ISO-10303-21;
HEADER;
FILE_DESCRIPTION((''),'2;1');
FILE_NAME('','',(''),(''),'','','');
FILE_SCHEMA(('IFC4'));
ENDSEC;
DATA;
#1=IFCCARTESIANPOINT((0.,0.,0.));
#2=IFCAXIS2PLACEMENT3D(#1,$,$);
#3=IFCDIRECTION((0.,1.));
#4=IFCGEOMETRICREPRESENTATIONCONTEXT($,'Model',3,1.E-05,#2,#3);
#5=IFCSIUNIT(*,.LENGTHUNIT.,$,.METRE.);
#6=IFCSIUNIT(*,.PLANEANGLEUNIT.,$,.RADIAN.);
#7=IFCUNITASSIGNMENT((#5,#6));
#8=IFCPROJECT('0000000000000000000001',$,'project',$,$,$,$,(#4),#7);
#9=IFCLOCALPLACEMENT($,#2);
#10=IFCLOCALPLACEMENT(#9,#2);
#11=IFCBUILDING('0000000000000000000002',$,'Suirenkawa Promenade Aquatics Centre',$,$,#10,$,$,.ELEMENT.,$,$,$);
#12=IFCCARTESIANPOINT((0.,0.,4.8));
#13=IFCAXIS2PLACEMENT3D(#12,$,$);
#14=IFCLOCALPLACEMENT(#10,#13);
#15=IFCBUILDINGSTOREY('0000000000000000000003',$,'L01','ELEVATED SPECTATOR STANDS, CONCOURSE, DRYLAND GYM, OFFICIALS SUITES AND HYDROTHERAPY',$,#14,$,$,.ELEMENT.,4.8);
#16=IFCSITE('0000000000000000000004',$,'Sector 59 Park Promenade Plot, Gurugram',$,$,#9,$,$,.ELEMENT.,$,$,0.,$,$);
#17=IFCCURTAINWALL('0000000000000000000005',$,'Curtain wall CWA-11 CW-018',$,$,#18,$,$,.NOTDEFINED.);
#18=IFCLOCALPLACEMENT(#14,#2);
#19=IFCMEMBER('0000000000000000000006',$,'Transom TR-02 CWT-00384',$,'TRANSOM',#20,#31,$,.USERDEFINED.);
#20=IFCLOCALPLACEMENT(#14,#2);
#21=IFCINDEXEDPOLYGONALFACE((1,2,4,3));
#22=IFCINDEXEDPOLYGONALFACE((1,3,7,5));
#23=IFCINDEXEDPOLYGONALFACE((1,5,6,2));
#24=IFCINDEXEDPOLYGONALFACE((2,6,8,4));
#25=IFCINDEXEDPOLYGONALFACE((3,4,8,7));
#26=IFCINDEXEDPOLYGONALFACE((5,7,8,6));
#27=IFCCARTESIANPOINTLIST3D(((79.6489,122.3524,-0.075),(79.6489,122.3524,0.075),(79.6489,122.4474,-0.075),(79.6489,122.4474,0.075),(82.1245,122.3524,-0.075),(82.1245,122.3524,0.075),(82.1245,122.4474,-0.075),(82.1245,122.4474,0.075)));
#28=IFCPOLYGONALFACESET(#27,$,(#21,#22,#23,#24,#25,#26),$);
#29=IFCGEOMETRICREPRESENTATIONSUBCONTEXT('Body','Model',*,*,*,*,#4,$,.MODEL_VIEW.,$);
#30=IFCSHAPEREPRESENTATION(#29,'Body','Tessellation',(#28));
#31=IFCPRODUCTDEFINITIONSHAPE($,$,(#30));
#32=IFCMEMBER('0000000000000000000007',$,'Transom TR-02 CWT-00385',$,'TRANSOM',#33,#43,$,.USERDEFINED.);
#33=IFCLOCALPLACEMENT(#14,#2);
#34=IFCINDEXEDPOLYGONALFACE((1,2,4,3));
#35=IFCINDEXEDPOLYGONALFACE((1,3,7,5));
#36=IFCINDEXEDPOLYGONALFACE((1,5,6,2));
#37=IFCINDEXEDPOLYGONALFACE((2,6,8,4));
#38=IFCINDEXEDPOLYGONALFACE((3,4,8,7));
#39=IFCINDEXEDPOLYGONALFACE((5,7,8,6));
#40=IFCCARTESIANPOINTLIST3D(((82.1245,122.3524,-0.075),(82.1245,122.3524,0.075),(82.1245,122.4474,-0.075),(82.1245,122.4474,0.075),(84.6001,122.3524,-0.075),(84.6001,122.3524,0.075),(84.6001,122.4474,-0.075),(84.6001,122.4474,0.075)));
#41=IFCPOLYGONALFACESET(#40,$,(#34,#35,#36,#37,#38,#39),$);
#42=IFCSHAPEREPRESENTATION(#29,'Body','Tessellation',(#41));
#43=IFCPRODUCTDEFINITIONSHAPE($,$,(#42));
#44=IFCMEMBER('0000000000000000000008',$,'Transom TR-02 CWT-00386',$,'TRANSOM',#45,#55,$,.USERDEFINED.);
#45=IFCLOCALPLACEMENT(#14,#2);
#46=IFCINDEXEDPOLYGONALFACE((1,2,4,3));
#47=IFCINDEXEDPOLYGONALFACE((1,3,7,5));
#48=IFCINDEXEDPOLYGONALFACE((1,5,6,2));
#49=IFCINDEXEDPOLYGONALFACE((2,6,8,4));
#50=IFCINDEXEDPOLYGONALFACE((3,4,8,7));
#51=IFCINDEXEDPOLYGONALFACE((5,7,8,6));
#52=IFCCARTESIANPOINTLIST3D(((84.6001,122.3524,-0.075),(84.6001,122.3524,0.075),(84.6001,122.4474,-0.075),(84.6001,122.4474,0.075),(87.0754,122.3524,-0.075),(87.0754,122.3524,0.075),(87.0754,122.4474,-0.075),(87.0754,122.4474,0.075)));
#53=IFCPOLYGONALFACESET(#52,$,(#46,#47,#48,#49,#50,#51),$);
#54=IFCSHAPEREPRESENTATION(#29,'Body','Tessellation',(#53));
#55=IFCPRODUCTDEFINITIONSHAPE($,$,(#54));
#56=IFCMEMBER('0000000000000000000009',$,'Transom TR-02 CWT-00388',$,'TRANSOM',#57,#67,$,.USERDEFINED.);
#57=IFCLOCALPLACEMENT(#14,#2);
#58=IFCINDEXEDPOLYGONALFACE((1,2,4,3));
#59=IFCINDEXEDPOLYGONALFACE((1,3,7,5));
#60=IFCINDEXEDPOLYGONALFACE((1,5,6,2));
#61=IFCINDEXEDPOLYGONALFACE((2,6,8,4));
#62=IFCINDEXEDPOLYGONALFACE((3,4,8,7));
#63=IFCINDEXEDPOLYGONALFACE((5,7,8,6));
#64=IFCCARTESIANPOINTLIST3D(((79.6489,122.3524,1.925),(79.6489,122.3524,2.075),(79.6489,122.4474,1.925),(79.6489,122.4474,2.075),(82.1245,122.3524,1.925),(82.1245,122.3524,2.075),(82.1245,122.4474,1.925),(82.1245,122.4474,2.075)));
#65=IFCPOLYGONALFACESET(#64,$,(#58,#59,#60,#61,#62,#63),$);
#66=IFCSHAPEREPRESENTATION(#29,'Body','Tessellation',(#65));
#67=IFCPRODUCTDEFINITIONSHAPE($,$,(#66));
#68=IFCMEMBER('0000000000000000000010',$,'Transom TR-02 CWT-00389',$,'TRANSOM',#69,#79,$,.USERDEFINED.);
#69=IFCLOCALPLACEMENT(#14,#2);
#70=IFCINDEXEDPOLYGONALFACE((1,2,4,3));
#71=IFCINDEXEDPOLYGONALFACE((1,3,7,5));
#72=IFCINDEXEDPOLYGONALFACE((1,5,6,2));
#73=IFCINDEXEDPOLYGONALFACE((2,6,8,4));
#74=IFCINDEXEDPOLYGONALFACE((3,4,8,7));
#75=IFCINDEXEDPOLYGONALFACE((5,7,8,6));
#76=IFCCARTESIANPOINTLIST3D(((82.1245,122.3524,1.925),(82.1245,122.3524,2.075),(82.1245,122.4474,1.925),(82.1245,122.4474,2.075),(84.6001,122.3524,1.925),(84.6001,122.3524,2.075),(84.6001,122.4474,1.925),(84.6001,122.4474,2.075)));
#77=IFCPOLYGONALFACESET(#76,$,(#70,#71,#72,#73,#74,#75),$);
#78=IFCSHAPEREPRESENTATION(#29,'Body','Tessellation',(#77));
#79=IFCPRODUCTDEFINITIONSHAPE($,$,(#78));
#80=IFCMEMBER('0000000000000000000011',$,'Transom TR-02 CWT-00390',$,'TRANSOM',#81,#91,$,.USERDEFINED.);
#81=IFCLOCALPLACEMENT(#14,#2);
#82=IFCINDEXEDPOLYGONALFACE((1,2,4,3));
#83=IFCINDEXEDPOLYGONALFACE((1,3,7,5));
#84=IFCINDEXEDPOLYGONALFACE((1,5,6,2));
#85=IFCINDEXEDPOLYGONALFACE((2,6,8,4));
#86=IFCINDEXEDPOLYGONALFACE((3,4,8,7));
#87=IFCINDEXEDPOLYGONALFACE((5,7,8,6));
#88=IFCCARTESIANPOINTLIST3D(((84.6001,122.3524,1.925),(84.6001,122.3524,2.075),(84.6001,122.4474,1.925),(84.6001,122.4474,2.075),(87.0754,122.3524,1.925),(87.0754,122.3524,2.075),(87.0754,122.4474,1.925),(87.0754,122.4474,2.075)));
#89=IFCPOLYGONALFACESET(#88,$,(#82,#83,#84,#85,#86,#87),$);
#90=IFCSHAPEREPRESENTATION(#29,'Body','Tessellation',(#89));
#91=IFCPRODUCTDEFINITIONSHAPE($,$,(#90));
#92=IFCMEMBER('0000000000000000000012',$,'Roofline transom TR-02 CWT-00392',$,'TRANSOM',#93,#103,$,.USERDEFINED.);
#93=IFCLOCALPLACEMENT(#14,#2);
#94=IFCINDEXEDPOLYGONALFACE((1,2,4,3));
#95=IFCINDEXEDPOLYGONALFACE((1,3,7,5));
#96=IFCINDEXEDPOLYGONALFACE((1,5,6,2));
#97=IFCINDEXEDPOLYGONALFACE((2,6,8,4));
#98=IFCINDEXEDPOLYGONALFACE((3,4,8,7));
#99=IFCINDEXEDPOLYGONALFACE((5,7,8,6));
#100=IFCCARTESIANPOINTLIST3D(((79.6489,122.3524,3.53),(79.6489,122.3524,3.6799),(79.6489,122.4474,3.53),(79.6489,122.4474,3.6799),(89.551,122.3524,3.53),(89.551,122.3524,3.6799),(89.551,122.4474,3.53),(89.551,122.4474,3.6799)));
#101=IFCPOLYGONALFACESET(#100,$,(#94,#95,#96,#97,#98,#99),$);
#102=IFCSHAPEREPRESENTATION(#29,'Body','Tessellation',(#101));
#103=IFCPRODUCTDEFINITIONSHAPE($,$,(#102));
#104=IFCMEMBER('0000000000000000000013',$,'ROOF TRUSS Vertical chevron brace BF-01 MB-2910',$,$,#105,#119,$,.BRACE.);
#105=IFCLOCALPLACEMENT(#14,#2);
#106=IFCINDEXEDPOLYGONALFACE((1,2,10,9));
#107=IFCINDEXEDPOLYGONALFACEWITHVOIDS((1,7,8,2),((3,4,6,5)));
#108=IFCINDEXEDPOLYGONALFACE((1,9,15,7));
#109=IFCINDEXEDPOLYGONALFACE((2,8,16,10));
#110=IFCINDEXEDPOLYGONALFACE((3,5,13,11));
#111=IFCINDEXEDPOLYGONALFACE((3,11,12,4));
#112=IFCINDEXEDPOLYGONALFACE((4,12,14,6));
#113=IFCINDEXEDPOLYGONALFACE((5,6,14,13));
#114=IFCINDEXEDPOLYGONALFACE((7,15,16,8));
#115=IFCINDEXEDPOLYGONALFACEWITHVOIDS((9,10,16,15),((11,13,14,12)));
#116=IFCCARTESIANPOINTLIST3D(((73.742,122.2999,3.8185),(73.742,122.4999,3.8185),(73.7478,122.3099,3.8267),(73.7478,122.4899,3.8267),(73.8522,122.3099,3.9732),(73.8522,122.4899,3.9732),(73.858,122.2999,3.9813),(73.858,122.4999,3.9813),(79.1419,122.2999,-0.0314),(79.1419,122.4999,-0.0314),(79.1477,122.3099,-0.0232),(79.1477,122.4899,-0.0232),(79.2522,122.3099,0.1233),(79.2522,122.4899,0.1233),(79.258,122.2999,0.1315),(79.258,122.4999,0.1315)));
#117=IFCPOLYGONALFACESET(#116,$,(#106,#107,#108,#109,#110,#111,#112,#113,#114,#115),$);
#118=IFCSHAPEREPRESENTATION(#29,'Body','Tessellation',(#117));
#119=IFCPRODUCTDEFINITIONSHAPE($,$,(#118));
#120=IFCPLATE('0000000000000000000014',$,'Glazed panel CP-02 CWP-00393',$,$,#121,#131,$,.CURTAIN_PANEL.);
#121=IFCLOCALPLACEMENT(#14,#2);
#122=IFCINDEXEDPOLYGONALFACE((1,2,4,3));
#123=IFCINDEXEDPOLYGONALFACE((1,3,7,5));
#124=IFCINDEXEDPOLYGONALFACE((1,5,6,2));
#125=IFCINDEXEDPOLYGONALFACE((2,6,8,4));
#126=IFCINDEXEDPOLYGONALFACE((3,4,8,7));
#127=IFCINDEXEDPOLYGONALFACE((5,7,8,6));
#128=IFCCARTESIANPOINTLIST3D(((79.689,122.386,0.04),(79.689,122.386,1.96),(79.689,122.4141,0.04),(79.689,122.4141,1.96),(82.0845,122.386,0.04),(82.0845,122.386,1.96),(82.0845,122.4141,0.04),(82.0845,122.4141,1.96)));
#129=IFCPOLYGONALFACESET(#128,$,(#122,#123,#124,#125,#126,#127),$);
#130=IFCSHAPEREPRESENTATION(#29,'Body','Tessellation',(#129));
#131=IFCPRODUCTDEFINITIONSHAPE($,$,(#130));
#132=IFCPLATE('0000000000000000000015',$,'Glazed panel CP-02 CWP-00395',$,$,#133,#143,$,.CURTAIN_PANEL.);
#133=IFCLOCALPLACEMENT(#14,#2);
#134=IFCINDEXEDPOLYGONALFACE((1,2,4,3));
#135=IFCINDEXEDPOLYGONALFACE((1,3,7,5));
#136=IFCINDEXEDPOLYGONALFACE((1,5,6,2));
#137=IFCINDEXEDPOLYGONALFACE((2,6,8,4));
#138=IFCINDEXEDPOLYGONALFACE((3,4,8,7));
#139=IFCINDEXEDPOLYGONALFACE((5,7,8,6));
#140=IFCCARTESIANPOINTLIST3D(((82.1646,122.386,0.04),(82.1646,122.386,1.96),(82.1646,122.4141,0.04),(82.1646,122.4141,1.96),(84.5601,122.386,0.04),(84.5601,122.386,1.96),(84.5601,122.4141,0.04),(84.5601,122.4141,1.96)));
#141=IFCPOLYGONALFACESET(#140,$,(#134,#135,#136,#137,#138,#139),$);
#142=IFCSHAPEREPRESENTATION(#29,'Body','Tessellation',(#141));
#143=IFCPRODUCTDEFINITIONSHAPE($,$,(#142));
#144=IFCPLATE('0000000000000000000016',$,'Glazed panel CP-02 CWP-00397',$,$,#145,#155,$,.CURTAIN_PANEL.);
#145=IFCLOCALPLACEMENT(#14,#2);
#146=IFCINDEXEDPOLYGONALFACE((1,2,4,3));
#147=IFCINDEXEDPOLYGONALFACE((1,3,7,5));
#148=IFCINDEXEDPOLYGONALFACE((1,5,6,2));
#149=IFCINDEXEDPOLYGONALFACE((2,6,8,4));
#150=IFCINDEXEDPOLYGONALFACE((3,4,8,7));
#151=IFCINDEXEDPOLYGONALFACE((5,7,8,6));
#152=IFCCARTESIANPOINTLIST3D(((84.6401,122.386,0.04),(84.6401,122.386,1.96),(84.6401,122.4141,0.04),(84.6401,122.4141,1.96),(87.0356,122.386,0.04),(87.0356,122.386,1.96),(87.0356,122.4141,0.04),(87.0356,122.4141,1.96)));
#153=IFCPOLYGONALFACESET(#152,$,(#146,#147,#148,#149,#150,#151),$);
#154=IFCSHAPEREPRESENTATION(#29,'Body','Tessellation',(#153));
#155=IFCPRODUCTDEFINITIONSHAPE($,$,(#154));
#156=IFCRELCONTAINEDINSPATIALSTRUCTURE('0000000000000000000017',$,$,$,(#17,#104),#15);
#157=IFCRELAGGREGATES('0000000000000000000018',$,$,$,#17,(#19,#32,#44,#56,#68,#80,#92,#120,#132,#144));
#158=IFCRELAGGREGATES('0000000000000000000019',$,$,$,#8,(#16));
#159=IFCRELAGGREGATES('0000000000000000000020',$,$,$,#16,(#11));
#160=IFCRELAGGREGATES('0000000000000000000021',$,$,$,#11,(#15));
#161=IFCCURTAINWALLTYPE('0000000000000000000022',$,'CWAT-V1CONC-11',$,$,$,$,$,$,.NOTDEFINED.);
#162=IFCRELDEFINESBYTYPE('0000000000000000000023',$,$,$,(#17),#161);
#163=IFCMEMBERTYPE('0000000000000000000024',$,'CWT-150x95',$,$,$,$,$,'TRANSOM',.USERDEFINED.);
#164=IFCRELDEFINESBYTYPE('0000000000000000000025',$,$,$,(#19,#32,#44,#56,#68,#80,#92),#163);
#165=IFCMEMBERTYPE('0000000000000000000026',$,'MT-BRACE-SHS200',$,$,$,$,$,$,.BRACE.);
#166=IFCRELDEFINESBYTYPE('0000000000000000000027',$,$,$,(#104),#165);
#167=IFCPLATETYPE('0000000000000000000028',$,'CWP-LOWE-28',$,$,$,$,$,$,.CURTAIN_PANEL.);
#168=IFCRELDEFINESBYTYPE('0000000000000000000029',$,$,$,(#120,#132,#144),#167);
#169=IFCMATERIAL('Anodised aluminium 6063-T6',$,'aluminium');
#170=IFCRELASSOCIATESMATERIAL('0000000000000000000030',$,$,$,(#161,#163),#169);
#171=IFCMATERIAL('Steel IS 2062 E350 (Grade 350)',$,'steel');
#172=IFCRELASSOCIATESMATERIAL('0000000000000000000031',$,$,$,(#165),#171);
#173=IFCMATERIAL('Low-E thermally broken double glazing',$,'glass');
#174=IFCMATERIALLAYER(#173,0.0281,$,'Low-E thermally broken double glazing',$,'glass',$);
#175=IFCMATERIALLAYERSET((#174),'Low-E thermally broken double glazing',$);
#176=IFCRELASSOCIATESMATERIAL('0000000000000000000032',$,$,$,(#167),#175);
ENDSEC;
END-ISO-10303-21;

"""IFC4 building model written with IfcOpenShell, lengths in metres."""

from ifc_helpers import new_model, si_unit, direction, frame, origin, origin_2d, place, context, subcontext, project, spatial, polyline, rectangle, hollow_rectangle, outline, extrude, material, layer, layer_set, material_profile, profile_set, type_object, element, aggregate, save


model = new_model("IFC4")

# Units and contexts
model_context = context("Model", 3, precision=1e-05, world=origin(), true_north=direction((0.0, 1.0)))
body_context = subcontext(model_context, "Body", "Model", "MODEL_VIEW")
ifc_project = project(units=[si_unit("LENGTHUNIT", "METRE"), si_unit("PLANEANGLEUNIT", "RADIAN")], contexts=[model_context])

# Site, building, storey
site_placement = place(None, origin())
site = spatial("IfcSite", under=ifc_project, at=site_placement, Name="Sector 59 Park Promenade Plot, Gurugram", CompositionType="ELEMENT", RefElevation=0.0)
building_placement = place(site_placement, origin())
building = spatial("IfcBuilding", under=site, at=building_placement, Name="Suirenkawa Promenade Aquatics Centre", CompositionType="ELEMENT")
storey_placement = place(building_placement, frame((0.0, 0.0, 4.8)))
storey = spatial("IfcBuildingStorey", under=building, at=storey_placement, Name="L01", Description="ELEVATED SPECTATOR STANDS, CONCOURSE, DRYLAND GYM, OFFICIALS SUITES AND HYDROTHERAPY", CompositionType="ELEMENT", Elevation=4.8)

# Shared definitions
ifc_material_1 = material(Name="Steel IS 2062 E350 (Grade 350)", Category="steel")

# Curtain wall, members
ifc_material_2 = material(Name="Anodised aluminium 6063-T6", Category="aluminium")
curtain_wall_type = type_object("IfcCurtainWallType", Name="CWAT-V1CONC-11", PredefinedType="NOTDEFINED", material=ifc_material_2)
curtain_wall_placement = place(storey_placement, origin())
curtain_wall = element("IfcCurtainWall", 1, at=curtain_wall_placement, inside=storey, type_object=curtain_wall_type, Name="Curtain wall CWA-11 CW-018", PredefinedType="NOTDEFINED")
ifc_material_profile_1 = material_profile(ifc_material_2, rectangle(XDim=0.095, YDim=0.1499, at=origin_2d()), Name="ALU TRAN 95x150", Category="aluminium")
ifc_profile_set_1 = profile_set([ifc_material_profile_1], Name="Anodised aluminium 6063-T6")
member_type_1 = type_object("IfcMemberType", Name="CWT-150x95", ElementType="TRANSOM", PredefinedType="USERDEFINED", material=ifc_profile_set_1)
member_1_placement = place(storey_placement, frame((79.6489, 122.3999, 0.0), z_axis=(1.0, 0.0, 0.0), x_axis=(0.0, 1.0, 0.0)))
member_1 = element("IfcMember", 2, at=member_1_placement, type_object=member_type_1, Name="Transom TR-02 CWT-00384", ObjectType="TRANSOM", PredefinedType="USERDEFINED", context=body_context, shape_type="SweptSolid", body=[
    extrude(rectangle(XDim=0.095, YDim=0.1499, at=origin_2d()), origin(), (0.0, 0.0, 1.0), 2.4756),
])
member_2_placement = place(storey_placement, frame((82.1245, 122.3999, 0.0), z_axis=(1.0, 0.0, 0.0), x_axis=(0.0, 1.0, 0.0)))
member_2 = element("IfcMember", 3, at=member_2_placement, type_object=member_type_1, Name="Transom TR-02 CWT-00385", ObjectType="TRANSOM", PredefinedType="USERDEFINED", context=body_context, shape_type="SweptSolid", body=[
    extrude(rectangle(XDim=0.095, YDim=0.1499, at=origin_2d()), origin(), (0.0, 0.0, 1.0), 2.4756),
])
member_3_placement = place(storey_placement, frame((84.6001, 122.3999, 0.0), z_axis=(1.0, 0.0, 0.0), x_axis=(0.0, 1.0, 0.0)))
member_3 = element("IfcMember", 4, at=member_3_placement, type_object=member_type_1, Name="Transom TR-02 CWT-00386", ObjectType="TRANSOM", PredefinedType="USERDEFINED", context=body_context, shape_type="SweptSolid", body=[
    extrude(rectangle(XDim=0.095, YDim=0.1499, at=origin_2d()), origin(), (0.0, 0.0, 1.0), 2.4753),
])
member_4_placement = place(storey_placement, frame((79.6489, 122.3999, 2.0), z_axis=(1.0, 0.0, 0.0), x_axis=(0.0, 1.0, 0.0)))
member_4 = element("IfcMember", 5, at=member_4_placement, type_object=member_type_1, Name="Transom TR-02 CWT-00388", ObjectType="TRANSOM", PredefinedType="USERDEFINED", context=body_context, shape_type="SweptSolid", body=[
    extrude(rectangle(XDim=0.095, YDim=0.1499, at=origin_2d()), origin(), (0.0, 0.0, 1.0), 2.4756),
])
member_5_placement = place(storey_placement, frame((82.1245, 122.3999, 2.0), z_axis=(1.0, 0.0, 0.0), x_axis=(0.0, 1.0, 0.0)))
member_5 = element("IfcMember", 6, at=member_5_placement, type_object=member_type_1, Name="Transom TR-02 CWT-00389", ObjectType="TRANSOM", PredefinedType="USERDEFINED", context=body_context, shape_type="SweptSolid", body=[
    extrude(rectangle(XDim=0.095, YDim=0.1499, at=origin_2d()), origin(), (0.0, 0.0, 1.0), 2.4756),
])
member_6_placement = place(storey_placement, frame((84.6001, 122.3999, 2.0), z_axis=(1.0, 0.0, 0.0), x_axis=(0.0, 1.0, 0.0)))
member_6 = element("IfcMember", 7, at=member_6_placement, type_object=member_type_1, Name="Transom TR-02 CWT-00390", ObjectType="TRANSOM", PredefinedType="USERDEFINED", context=body_context, shape_type="SweptSolid", body=[
    extrude(rectangle(XDim=0.095, YDim=0.1499, at=origin_2d()), origin(), (0.0, 0.0, 1.0), 2.4753),
])
member_7_placement = place(storey_placement, frame((79.6489, 122.3999, 3.605), z_axis=(1.0, 0.0, 0.0), x_axis=(0.0, 1.0, 0.0)))
member_7 = element("IfcMember", 8, at=member_7_placement, type_object=member_type_1, Name="Roofline transom TR-02 CWT-00392", ObjectType="TRANSOM", PredefinedType="USERDEFINED", context=body_context, shape_type="SweptSolid", body=[
    extrude(rectangle(XDim=0.095, YDim=0.1499, at=origin_2d()), origin(), (0.0, 0.0, 1.0), 9.9021),
])

# Member
ifc_material_profile_2 = material_profile(ifc_material_1, hollow_rectangle(XDim=0.2, YDim=0.2, WallThickness=0.01, at=origin_2d()), Name="SHS 200x200x10", Category="steel")
ifc_profile_set_2 = profile_set([ifc_material_profile_2], Name="Steel IS 2062 E350 (Grade 350)")
member_type_2 = type_object("IfcMemberType", Name="MT-BRACE-SHS200", PredefinedType="BRACE", material=ifc_profile_set_2)
member_8_placement = place(storey_placement, frame((79.2, 122.3999, 0.05), z_axis=(-0.814248, 0.0, 0.580517), x_axis=(0.0, -1.0, 0.0)))
element("IfcMember", 9, at=member_8_placement, inside=storey, type_object=member_type_2, Name="ROOF TRUSS Vertical chevron brace BF-01 MB-2910", PredefinedType="BRACE", context=body_context, shape_type="SweptSolid", body=[
    extrude(hollow_rectangle(XDim=0.2, YDim=0.2, WallThickness=0.01, at=origin_2d()), origin(), (0.0, 0.0, 1.0), 6.6318),
])

# Plates
ifc_material_3 = material(Name="Low-E thermally broken double glazing", Category="glass")
ifc_layer = layer(ifc_material_3, 0.0281, Name="Low-E thermally broken double glazing", Category="glass")
ifc_layer_set = layer_set([ifc_layer], Name="Low-E thermally broken double glazing")
plate_type = type_object("IfcPlateType", Name="CWP-LOWE-28", PredefinedType="CURTAIN_PANEL", material=ifc_layer_set)
plate_1_placement = place(storey_placement, frame((79.6489, 122.3999, 0.04), z_axis=(0.0, 0.0, 1.0), x_axis=(1.0, 0.0, 0.0)))
plate_1 = element("IfcPlate", 10, at=plate_1_placement, type_object=plate_type, Name="Glazed panel CP-02 CWP-00393", PredefinedType="CURTAIN_PANEL", context=body_context, shape_type="SweptSolid", body=[
    extrude(outline(polyline([(0.04, 0.0), (2.4355, 0.0), (2.4355, 1.9199), (0.04, 1.9199), (0.04, 0.0)])), frame((0.0, 0.0142, 0.0), z_axis=(0.0, -1.0, 0.0), x_axis=(1.0, 0.0, 0.0)), (0.0, 0.0, 1.0), 0.0281),
])
plate_2_placement = place(storey_placement, frame((82.1245, 122.3999, 0.04), z_axis=(0.0, 0.0, 1.0), x_axis=(1.0, 0.0, 0.0)))
plate_2 = element("IfcPlate", 11, at=plate_2_placement, type_object=plate_type, Name="Glazed panel CP-02 CWP-00395", PredefinedType="CURTAIN_PANEL", context=body_context, shape_type="SweptSolid", body=[
    extrude(outline(polyline([(0.04, 0.0), (2.4355, 0.0), (2.4355, 1.9199), (0.04, 1.9199), (0.04, 0.0)])), frame((0.0, 0.0142, 0.0), z_axis=(0.0, -1.0, 0.0), x_axis=(1.0, 0.0, 0.0)), (0.0, 0.0, 1.0), 0.0281),
])
plate_3_placement = place(storey_placement, frame((84.6001, 122.3999, 0.04), z_axis=(0.0, 0.0, 1.0), x_axis=(1.0, 0.0, 0.0)))
plate_3 = element("IfcPlate", 12, at=plate_3_placement, type_object=plate_type, Name="Glazed panel CP-02 CWP-00397", PredefinedType="CURTAIN_PANEL", context=body_context, shape_type="SweptSolid", body=[
    extrude(outline(polyline([(0.04, 0.0), (2.4355, 0.0), (2.4355, 1.9199), (0.04, 1.9199), (0.04, 0.0)])), frame((0.0, 0.0142, 0.0), z_axis=(0.0, -1.0, 0.0), x_axis=(1.0, 0.0, 0.0)), (0.0, 0.0, 1.0), 0.0281),
])
aggregate(curtain_wall, [member_1, member_2, member_3, member_4, member_5, member_6, member_7, plate_1, plate_2, plate_3])

save(model, "model.ifc")
